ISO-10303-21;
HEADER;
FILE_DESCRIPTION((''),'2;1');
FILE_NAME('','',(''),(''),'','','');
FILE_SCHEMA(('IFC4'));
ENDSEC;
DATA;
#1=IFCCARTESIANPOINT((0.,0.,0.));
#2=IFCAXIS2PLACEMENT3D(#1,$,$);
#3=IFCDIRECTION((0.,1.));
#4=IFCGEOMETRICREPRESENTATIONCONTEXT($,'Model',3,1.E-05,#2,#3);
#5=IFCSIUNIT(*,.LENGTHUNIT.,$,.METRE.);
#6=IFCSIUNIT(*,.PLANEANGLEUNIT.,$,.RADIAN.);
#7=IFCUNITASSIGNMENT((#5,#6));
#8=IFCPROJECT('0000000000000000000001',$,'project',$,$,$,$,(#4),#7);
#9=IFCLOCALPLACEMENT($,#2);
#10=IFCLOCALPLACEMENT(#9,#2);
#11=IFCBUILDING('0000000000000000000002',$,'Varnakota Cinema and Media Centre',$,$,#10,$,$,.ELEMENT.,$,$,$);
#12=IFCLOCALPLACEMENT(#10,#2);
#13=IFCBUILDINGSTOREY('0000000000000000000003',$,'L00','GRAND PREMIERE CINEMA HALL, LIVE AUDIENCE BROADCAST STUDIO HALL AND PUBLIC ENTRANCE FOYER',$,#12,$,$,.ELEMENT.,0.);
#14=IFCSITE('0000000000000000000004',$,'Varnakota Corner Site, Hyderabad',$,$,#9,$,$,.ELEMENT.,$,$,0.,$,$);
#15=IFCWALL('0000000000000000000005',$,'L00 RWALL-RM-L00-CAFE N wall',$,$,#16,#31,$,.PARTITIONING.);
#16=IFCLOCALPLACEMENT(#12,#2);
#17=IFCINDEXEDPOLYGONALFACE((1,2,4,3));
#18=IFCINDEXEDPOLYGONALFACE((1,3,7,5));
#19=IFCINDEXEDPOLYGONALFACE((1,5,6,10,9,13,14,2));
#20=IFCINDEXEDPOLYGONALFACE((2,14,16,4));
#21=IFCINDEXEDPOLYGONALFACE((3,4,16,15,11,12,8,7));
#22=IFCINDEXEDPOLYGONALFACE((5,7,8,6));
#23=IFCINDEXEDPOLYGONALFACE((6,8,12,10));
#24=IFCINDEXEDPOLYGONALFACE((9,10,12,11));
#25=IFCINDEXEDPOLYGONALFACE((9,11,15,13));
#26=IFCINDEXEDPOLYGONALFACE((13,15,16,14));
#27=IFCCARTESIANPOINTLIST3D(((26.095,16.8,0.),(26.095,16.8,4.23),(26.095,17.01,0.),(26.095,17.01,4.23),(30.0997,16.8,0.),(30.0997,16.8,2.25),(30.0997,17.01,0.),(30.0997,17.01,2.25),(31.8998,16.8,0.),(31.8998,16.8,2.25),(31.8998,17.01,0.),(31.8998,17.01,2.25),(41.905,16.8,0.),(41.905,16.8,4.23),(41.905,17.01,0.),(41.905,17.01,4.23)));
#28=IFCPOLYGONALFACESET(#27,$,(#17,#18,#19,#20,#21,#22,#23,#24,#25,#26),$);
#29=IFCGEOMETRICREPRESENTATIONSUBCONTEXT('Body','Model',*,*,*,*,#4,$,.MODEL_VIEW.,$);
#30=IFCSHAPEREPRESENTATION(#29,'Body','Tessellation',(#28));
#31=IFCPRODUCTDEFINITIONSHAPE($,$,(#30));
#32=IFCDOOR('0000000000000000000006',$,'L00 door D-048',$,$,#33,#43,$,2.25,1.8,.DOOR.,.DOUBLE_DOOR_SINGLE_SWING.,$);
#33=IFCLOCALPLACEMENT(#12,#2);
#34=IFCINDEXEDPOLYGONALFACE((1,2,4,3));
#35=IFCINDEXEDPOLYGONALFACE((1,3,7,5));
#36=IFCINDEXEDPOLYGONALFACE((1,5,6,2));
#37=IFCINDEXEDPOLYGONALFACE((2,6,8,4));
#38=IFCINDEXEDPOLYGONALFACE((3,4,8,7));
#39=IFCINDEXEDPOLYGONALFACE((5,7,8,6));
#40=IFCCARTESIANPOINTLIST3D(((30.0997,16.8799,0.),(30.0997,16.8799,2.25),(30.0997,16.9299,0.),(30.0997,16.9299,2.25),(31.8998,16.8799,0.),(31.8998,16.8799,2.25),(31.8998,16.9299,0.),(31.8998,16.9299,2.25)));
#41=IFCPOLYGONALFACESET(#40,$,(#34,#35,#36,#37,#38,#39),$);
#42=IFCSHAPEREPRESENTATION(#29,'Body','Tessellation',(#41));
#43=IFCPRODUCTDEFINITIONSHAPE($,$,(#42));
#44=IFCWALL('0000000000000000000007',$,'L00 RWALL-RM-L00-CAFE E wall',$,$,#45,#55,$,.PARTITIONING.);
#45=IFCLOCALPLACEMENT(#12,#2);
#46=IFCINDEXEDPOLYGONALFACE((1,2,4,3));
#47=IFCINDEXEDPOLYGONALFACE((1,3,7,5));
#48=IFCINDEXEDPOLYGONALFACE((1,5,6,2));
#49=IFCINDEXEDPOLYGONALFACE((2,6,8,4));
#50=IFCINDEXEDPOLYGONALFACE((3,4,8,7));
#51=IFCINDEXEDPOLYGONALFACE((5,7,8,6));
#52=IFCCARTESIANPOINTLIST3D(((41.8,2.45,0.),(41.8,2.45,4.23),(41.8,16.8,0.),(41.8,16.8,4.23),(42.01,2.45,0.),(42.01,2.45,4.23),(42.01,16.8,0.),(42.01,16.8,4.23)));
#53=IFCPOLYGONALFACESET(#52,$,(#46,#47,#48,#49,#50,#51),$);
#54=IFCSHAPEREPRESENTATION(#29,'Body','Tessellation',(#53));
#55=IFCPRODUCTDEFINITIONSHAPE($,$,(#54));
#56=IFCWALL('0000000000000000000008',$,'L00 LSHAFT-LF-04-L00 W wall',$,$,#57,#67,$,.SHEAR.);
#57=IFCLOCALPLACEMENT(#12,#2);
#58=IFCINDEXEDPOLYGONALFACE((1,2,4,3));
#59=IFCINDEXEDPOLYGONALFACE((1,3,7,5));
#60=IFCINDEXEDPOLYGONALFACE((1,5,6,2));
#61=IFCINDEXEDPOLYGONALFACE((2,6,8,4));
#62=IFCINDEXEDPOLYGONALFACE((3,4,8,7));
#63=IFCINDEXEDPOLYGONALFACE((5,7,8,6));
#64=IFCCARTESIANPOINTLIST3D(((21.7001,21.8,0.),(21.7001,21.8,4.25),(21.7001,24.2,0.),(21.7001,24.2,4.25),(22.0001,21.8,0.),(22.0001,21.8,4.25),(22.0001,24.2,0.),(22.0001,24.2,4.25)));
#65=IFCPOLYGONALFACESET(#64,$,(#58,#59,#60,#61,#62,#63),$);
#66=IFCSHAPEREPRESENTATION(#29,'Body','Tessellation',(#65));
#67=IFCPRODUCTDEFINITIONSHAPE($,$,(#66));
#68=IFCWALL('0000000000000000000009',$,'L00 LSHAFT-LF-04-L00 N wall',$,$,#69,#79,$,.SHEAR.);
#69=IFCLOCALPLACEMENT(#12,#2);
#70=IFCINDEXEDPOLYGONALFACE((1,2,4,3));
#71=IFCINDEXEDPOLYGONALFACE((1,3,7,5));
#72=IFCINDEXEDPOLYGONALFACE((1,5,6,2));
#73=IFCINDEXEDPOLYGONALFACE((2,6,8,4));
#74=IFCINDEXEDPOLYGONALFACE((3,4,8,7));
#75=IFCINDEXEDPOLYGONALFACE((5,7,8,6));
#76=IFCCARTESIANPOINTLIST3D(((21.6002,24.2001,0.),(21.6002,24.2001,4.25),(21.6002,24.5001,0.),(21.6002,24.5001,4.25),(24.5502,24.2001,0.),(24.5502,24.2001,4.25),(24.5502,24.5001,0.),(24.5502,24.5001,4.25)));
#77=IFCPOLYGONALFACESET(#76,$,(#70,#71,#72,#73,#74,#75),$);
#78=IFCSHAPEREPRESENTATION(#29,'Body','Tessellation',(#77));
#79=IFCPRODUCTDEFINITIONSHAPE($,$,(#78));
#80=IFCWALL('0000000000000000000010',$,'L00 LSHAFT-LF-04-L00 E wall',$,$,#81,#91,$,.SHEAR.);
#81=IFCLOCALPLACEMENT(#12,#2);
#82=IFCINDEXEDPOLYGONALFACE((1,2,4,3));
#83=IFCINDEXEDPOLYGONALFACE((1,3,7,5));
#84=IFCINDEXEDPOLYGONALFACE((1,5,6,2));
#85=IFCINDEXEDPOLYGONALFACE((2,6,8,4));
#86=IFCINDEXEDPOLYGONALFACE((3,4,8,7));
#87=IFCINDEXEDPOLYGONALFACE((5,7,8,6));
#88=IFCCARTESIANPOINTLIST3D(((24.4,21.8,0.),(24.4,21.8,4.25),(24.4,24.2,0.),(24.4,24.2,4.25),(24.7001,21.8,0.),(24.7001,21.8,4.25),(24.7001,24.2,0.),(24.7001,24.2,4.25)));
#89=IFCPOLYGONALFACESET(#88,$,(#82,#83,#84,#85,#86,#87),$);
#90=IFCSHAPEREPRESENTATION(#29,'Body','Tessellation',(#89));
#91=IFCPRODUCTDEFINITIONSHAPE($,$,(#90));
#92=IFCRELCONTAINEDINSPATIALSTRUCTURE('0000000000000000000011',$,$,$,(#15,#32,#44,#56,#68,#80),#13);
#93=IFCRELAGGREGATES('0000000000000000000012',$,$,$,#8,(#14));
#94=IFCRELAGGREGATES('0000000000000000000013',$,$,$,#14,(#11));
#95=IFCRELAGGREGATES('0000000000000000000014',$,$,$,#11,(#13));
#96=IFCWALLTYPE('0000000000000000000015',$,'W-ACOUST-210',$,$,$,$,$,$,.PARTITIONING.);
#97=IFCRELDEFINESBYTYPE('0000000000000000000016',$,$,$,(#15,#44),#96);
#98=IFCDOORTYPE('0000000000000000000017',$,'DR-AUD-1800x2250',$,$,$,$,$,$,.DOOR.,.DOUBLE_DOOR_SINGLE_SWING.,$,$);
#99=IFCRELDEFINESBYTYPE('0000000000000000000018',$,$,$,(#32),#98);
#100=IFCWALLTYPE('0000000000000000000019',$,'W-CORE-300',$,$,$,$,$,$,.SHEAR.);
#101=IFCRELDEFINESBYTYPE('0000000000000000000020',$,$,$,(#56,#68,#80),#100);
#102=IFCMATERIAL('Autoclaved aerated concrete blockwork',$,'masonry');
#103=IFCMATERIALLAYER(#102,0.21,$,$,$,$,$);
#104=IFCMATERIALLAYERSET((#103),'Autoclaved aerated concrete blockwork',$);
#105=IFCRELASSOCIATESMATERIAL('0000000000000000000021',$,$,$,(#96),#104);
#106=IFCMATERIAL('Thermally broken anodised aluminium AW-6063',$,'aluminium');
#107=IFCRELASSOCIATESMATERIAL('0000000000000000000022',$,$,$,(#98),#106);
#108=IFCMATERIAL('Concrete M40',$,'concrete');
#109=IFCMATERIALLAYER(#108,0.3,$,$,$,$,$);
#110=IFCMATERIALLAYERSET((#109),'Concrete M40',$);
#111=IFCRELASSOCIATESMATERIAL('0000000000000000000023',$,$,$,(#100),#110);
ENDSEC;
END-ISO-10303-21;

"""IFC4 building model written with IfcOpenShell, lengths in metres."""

from ifc_helpers import new_model, si_unit, direction, frame, frame_2d, origin, place, context, subcontext, project, spatial, rectangle, extrude, material, layer, layer_set, type_object, element, fill, save


model = new_model("IFC4")

# Units and contexts
model_context = context("Model", 3, precision=1e-05, world=origin(), true_north=direction((0.0, 1.0)))
body_context = subcontext(model_context, "Body", "Model", "MODEL_VIEW")
ifc_project = project(units=[si_unit("LENGTHUNIT", "METRE"), si_unit("PLANEANGLEUNIT", "RADIAN")], contexts=[model_context])

# Site, building, storey
site_placement = place(None, origin())
site = spatial("IfcSite", under=ifc_project, at=site_placement, Name="Varnakota Corner Site, Hyderabad", CompositionType="ELEMENT", RefElevation=0.0)
building_placement = place(site_placement, origin())
building = spatial("IfcBuilding", under=site, at=building_placement, Name="Varnakota Cinema and Media Centre", CompositionType="ELEMENT")
storey_placement = place(building_placement, origin())
storey = spatial("IfcBuildingStorey", under=building, at=storey_placement, Name="L00", Description="GRAND PREMIERE CINEMA HALL, LIVE AUDIENCE BROADCAST STUDIO HALL AND PUBLIC ENTRANCE FOYER", CompositionType="ELEMENT", Elevation=0.0)

# Wall, opening, door
ifc_material_1 = material(Name="Autoclaved aerated concrete blockwork", Category="masonry")
ifc_layer_1 = layer(ifc_material_1, 0.21)
ifc_layer_set_1 = layer_set([ifc_layer_1], Name="Autoclaved aerated concrete blockwork")
wall_type_1 = type_object("IfcWallType", Name="W-ACOUST-210", PredefinedType="PARTITIONING", material=ifc_layer_set_1)
wall_1_placement = place(storey_placement, frame((26.095, 16.905, 0.0), z_axis=(0.0, 0.0, 1.0), x_axis=(1.0, 0.0, 0.0)))
wall_1 = element("IfcWall", 1, at=wall_1_placement, inside=storey, type_object=wall_type_1, Name="L00 RWALL-RM-L00-CAFE N wall", PredefinedType="PARTITIONING", context=body_context, shape_type="SweptSolid", body=[
    extrude(rectangle(XDim=15.8101, YDim=0.21, at=frame_2d((7.905, 0.0))), origin(), (0.0, 0.0, 1.0), 4.23),
])
opening_1_placement = place(wall_1_placement, frame((4.0049, 0.0, 0.0)))
opening_1 = element("IfcOpeningElement", 2, at=opening_1_placement, cuts=wall_1, PredefinedType="OPENING", context=body_context, shape_type="SweptSolid", body=[
    extrude(rectangle(XDim=1.8, YDim=2.25, at=frame_2d((0.8999, 1.125))), frame((0.0, 0.105, 0.0), z_axis=(0.0, -1.0, 0.0), x_axis=(1.0, 0.0, 0.0)), (0.0, 0.0, 1.0), 0.21),
])
ifc_material_2 = material(Name="Thermally broken anodised aluminium AW-6063", Category="aluminium")
door_type_1 = type_object("IfcDoorType", Name="DR-AUD-1800x2250", OperationType="DOUBLE_DOOR_SINGLE_SWING", PredefinedType="DOOR", material=ifc_material_2)
door_1_placement = place(opening_1_placement, origin())
door_1 = element("IfcDoor", 3, at=door_1_placement, inside=storey, type_object=door_type_1, Name="L00 door D-048", OperationType="DOUBLE_DOOR_SINGLE_SWING", OverallHeight=2.25, OverallWidth=1.8, PredefinedType="DOOR", context=body_context, shape_type="SweptSolid", body=[
    extrude(rectangle(XDim=1.8, YDim=2.25, at=frame_2d((0.8999, 1.125))), frame((0.0, 0.0249, 0.0), z_axis=(0.0, -1.0, 0.0), x_axis=(1.0, 0.0, 0.0)), (0.0, 0.0, 1.0), 0.05),
])
fill(opening_1, door_1)

# Wall
wall_2_placement = place(storey_placement, frame((41.905, 16.8, 0.0), z_axis=(0.0, 0.0, 1.0), x_axis=(0.0, -1.0, 0.0)))
element("IfcWall", 4, at=wall_2_placement, inside=storey, type_object=wall_type_1, Name="L00 RWALL-RM-L00-CAFE E wall", PredefinedType="PARTITIONING", context=body_context, shape_type="SweptSolid", body=[
    extrude(rectangle(XDim=14.3501, YDim=0.21, at=frame_2d((7.175, 0.0))), origin(), (0.0, 0.0, 1.0), 4.23),
])

# Shared definitions
ifc_material_3 = material(Name="Concrete M40", Category="concrete")
ifc_layer_2 = layer(ifc_material_3, 0.3)
ifc_layer_set_2 = layer_set([ifc_layer_2], Name="Concrete M40")
wall_type_2 = type_object("IfcWallType", Name="W-CORE-300", PredefinedType="SHEAR", material=ifc_layer_set_2)

# Walls
wall_3_placement = place(storey_placement, frame((21.8501, 21.8, 0.0), z_axis=(0.0, 0.0, 1.0), x_axis=(0.0, 1.0, 0.0)))
element("IfcWall", 5, at=wall_3_placement, inside=storey, type_object=wall_type_2, Name="L00 LSHAFT-LF-04-L00 W wall", PredefinedType="SHEAR", context=body_context, shape_type="SweptSolid", body=[
    extrude(rectangle(XDim=2.3999, YDim=0.3, at=frame_2d((1.2, 0.0))), origin(), (0.0, 0.0, 1.0), 4.25),
])
wall_4_placement = place(storey_placement, frame((21.6001, 24.3501, 0.0), z_axis=(0.0, 0.0, 1.0), x_axis=(1.0, 0.0, 0.0)))
element("IfcWall", 6, at=wall_4_placement, inside=storey, type_object=wall_type_2, Name="L00 LSHAFT-LF-04-L00 N wall", PredefinedType="SHEAR", context=body_context, shape_type="SweptSolid", body=[
    extrude(rectangle(XDim=2.95, YDim=0.3, at=frame_2d((1.4751, 0.0))), origin(), (0.0, 0.0, 1.0), 4.25),
])
wall_5_placement = place(storey_placement, frame((24.55, 24.2, 0.0), z_axis=(0.0, 0.0, 1.0), x_axis=(0.0, -1.0, 0.0)))
element("IfcWall", 7, at=wall_5_placement, inside=storey, type_object=wall_type_2, Name="L00 LSHAFT-LF-04-L00 E wall", PredefinedType="SHEAR", context=body_context, shape_type="SweptSolid", body=[
    extrude(rectangle(XDim=2.3999, YDim=0.3, at=frame_2d((1.2, 0.0))), origin(), (0.0, 0.0, 1.0), 4.25),
])

save(model, "model.ifc")
